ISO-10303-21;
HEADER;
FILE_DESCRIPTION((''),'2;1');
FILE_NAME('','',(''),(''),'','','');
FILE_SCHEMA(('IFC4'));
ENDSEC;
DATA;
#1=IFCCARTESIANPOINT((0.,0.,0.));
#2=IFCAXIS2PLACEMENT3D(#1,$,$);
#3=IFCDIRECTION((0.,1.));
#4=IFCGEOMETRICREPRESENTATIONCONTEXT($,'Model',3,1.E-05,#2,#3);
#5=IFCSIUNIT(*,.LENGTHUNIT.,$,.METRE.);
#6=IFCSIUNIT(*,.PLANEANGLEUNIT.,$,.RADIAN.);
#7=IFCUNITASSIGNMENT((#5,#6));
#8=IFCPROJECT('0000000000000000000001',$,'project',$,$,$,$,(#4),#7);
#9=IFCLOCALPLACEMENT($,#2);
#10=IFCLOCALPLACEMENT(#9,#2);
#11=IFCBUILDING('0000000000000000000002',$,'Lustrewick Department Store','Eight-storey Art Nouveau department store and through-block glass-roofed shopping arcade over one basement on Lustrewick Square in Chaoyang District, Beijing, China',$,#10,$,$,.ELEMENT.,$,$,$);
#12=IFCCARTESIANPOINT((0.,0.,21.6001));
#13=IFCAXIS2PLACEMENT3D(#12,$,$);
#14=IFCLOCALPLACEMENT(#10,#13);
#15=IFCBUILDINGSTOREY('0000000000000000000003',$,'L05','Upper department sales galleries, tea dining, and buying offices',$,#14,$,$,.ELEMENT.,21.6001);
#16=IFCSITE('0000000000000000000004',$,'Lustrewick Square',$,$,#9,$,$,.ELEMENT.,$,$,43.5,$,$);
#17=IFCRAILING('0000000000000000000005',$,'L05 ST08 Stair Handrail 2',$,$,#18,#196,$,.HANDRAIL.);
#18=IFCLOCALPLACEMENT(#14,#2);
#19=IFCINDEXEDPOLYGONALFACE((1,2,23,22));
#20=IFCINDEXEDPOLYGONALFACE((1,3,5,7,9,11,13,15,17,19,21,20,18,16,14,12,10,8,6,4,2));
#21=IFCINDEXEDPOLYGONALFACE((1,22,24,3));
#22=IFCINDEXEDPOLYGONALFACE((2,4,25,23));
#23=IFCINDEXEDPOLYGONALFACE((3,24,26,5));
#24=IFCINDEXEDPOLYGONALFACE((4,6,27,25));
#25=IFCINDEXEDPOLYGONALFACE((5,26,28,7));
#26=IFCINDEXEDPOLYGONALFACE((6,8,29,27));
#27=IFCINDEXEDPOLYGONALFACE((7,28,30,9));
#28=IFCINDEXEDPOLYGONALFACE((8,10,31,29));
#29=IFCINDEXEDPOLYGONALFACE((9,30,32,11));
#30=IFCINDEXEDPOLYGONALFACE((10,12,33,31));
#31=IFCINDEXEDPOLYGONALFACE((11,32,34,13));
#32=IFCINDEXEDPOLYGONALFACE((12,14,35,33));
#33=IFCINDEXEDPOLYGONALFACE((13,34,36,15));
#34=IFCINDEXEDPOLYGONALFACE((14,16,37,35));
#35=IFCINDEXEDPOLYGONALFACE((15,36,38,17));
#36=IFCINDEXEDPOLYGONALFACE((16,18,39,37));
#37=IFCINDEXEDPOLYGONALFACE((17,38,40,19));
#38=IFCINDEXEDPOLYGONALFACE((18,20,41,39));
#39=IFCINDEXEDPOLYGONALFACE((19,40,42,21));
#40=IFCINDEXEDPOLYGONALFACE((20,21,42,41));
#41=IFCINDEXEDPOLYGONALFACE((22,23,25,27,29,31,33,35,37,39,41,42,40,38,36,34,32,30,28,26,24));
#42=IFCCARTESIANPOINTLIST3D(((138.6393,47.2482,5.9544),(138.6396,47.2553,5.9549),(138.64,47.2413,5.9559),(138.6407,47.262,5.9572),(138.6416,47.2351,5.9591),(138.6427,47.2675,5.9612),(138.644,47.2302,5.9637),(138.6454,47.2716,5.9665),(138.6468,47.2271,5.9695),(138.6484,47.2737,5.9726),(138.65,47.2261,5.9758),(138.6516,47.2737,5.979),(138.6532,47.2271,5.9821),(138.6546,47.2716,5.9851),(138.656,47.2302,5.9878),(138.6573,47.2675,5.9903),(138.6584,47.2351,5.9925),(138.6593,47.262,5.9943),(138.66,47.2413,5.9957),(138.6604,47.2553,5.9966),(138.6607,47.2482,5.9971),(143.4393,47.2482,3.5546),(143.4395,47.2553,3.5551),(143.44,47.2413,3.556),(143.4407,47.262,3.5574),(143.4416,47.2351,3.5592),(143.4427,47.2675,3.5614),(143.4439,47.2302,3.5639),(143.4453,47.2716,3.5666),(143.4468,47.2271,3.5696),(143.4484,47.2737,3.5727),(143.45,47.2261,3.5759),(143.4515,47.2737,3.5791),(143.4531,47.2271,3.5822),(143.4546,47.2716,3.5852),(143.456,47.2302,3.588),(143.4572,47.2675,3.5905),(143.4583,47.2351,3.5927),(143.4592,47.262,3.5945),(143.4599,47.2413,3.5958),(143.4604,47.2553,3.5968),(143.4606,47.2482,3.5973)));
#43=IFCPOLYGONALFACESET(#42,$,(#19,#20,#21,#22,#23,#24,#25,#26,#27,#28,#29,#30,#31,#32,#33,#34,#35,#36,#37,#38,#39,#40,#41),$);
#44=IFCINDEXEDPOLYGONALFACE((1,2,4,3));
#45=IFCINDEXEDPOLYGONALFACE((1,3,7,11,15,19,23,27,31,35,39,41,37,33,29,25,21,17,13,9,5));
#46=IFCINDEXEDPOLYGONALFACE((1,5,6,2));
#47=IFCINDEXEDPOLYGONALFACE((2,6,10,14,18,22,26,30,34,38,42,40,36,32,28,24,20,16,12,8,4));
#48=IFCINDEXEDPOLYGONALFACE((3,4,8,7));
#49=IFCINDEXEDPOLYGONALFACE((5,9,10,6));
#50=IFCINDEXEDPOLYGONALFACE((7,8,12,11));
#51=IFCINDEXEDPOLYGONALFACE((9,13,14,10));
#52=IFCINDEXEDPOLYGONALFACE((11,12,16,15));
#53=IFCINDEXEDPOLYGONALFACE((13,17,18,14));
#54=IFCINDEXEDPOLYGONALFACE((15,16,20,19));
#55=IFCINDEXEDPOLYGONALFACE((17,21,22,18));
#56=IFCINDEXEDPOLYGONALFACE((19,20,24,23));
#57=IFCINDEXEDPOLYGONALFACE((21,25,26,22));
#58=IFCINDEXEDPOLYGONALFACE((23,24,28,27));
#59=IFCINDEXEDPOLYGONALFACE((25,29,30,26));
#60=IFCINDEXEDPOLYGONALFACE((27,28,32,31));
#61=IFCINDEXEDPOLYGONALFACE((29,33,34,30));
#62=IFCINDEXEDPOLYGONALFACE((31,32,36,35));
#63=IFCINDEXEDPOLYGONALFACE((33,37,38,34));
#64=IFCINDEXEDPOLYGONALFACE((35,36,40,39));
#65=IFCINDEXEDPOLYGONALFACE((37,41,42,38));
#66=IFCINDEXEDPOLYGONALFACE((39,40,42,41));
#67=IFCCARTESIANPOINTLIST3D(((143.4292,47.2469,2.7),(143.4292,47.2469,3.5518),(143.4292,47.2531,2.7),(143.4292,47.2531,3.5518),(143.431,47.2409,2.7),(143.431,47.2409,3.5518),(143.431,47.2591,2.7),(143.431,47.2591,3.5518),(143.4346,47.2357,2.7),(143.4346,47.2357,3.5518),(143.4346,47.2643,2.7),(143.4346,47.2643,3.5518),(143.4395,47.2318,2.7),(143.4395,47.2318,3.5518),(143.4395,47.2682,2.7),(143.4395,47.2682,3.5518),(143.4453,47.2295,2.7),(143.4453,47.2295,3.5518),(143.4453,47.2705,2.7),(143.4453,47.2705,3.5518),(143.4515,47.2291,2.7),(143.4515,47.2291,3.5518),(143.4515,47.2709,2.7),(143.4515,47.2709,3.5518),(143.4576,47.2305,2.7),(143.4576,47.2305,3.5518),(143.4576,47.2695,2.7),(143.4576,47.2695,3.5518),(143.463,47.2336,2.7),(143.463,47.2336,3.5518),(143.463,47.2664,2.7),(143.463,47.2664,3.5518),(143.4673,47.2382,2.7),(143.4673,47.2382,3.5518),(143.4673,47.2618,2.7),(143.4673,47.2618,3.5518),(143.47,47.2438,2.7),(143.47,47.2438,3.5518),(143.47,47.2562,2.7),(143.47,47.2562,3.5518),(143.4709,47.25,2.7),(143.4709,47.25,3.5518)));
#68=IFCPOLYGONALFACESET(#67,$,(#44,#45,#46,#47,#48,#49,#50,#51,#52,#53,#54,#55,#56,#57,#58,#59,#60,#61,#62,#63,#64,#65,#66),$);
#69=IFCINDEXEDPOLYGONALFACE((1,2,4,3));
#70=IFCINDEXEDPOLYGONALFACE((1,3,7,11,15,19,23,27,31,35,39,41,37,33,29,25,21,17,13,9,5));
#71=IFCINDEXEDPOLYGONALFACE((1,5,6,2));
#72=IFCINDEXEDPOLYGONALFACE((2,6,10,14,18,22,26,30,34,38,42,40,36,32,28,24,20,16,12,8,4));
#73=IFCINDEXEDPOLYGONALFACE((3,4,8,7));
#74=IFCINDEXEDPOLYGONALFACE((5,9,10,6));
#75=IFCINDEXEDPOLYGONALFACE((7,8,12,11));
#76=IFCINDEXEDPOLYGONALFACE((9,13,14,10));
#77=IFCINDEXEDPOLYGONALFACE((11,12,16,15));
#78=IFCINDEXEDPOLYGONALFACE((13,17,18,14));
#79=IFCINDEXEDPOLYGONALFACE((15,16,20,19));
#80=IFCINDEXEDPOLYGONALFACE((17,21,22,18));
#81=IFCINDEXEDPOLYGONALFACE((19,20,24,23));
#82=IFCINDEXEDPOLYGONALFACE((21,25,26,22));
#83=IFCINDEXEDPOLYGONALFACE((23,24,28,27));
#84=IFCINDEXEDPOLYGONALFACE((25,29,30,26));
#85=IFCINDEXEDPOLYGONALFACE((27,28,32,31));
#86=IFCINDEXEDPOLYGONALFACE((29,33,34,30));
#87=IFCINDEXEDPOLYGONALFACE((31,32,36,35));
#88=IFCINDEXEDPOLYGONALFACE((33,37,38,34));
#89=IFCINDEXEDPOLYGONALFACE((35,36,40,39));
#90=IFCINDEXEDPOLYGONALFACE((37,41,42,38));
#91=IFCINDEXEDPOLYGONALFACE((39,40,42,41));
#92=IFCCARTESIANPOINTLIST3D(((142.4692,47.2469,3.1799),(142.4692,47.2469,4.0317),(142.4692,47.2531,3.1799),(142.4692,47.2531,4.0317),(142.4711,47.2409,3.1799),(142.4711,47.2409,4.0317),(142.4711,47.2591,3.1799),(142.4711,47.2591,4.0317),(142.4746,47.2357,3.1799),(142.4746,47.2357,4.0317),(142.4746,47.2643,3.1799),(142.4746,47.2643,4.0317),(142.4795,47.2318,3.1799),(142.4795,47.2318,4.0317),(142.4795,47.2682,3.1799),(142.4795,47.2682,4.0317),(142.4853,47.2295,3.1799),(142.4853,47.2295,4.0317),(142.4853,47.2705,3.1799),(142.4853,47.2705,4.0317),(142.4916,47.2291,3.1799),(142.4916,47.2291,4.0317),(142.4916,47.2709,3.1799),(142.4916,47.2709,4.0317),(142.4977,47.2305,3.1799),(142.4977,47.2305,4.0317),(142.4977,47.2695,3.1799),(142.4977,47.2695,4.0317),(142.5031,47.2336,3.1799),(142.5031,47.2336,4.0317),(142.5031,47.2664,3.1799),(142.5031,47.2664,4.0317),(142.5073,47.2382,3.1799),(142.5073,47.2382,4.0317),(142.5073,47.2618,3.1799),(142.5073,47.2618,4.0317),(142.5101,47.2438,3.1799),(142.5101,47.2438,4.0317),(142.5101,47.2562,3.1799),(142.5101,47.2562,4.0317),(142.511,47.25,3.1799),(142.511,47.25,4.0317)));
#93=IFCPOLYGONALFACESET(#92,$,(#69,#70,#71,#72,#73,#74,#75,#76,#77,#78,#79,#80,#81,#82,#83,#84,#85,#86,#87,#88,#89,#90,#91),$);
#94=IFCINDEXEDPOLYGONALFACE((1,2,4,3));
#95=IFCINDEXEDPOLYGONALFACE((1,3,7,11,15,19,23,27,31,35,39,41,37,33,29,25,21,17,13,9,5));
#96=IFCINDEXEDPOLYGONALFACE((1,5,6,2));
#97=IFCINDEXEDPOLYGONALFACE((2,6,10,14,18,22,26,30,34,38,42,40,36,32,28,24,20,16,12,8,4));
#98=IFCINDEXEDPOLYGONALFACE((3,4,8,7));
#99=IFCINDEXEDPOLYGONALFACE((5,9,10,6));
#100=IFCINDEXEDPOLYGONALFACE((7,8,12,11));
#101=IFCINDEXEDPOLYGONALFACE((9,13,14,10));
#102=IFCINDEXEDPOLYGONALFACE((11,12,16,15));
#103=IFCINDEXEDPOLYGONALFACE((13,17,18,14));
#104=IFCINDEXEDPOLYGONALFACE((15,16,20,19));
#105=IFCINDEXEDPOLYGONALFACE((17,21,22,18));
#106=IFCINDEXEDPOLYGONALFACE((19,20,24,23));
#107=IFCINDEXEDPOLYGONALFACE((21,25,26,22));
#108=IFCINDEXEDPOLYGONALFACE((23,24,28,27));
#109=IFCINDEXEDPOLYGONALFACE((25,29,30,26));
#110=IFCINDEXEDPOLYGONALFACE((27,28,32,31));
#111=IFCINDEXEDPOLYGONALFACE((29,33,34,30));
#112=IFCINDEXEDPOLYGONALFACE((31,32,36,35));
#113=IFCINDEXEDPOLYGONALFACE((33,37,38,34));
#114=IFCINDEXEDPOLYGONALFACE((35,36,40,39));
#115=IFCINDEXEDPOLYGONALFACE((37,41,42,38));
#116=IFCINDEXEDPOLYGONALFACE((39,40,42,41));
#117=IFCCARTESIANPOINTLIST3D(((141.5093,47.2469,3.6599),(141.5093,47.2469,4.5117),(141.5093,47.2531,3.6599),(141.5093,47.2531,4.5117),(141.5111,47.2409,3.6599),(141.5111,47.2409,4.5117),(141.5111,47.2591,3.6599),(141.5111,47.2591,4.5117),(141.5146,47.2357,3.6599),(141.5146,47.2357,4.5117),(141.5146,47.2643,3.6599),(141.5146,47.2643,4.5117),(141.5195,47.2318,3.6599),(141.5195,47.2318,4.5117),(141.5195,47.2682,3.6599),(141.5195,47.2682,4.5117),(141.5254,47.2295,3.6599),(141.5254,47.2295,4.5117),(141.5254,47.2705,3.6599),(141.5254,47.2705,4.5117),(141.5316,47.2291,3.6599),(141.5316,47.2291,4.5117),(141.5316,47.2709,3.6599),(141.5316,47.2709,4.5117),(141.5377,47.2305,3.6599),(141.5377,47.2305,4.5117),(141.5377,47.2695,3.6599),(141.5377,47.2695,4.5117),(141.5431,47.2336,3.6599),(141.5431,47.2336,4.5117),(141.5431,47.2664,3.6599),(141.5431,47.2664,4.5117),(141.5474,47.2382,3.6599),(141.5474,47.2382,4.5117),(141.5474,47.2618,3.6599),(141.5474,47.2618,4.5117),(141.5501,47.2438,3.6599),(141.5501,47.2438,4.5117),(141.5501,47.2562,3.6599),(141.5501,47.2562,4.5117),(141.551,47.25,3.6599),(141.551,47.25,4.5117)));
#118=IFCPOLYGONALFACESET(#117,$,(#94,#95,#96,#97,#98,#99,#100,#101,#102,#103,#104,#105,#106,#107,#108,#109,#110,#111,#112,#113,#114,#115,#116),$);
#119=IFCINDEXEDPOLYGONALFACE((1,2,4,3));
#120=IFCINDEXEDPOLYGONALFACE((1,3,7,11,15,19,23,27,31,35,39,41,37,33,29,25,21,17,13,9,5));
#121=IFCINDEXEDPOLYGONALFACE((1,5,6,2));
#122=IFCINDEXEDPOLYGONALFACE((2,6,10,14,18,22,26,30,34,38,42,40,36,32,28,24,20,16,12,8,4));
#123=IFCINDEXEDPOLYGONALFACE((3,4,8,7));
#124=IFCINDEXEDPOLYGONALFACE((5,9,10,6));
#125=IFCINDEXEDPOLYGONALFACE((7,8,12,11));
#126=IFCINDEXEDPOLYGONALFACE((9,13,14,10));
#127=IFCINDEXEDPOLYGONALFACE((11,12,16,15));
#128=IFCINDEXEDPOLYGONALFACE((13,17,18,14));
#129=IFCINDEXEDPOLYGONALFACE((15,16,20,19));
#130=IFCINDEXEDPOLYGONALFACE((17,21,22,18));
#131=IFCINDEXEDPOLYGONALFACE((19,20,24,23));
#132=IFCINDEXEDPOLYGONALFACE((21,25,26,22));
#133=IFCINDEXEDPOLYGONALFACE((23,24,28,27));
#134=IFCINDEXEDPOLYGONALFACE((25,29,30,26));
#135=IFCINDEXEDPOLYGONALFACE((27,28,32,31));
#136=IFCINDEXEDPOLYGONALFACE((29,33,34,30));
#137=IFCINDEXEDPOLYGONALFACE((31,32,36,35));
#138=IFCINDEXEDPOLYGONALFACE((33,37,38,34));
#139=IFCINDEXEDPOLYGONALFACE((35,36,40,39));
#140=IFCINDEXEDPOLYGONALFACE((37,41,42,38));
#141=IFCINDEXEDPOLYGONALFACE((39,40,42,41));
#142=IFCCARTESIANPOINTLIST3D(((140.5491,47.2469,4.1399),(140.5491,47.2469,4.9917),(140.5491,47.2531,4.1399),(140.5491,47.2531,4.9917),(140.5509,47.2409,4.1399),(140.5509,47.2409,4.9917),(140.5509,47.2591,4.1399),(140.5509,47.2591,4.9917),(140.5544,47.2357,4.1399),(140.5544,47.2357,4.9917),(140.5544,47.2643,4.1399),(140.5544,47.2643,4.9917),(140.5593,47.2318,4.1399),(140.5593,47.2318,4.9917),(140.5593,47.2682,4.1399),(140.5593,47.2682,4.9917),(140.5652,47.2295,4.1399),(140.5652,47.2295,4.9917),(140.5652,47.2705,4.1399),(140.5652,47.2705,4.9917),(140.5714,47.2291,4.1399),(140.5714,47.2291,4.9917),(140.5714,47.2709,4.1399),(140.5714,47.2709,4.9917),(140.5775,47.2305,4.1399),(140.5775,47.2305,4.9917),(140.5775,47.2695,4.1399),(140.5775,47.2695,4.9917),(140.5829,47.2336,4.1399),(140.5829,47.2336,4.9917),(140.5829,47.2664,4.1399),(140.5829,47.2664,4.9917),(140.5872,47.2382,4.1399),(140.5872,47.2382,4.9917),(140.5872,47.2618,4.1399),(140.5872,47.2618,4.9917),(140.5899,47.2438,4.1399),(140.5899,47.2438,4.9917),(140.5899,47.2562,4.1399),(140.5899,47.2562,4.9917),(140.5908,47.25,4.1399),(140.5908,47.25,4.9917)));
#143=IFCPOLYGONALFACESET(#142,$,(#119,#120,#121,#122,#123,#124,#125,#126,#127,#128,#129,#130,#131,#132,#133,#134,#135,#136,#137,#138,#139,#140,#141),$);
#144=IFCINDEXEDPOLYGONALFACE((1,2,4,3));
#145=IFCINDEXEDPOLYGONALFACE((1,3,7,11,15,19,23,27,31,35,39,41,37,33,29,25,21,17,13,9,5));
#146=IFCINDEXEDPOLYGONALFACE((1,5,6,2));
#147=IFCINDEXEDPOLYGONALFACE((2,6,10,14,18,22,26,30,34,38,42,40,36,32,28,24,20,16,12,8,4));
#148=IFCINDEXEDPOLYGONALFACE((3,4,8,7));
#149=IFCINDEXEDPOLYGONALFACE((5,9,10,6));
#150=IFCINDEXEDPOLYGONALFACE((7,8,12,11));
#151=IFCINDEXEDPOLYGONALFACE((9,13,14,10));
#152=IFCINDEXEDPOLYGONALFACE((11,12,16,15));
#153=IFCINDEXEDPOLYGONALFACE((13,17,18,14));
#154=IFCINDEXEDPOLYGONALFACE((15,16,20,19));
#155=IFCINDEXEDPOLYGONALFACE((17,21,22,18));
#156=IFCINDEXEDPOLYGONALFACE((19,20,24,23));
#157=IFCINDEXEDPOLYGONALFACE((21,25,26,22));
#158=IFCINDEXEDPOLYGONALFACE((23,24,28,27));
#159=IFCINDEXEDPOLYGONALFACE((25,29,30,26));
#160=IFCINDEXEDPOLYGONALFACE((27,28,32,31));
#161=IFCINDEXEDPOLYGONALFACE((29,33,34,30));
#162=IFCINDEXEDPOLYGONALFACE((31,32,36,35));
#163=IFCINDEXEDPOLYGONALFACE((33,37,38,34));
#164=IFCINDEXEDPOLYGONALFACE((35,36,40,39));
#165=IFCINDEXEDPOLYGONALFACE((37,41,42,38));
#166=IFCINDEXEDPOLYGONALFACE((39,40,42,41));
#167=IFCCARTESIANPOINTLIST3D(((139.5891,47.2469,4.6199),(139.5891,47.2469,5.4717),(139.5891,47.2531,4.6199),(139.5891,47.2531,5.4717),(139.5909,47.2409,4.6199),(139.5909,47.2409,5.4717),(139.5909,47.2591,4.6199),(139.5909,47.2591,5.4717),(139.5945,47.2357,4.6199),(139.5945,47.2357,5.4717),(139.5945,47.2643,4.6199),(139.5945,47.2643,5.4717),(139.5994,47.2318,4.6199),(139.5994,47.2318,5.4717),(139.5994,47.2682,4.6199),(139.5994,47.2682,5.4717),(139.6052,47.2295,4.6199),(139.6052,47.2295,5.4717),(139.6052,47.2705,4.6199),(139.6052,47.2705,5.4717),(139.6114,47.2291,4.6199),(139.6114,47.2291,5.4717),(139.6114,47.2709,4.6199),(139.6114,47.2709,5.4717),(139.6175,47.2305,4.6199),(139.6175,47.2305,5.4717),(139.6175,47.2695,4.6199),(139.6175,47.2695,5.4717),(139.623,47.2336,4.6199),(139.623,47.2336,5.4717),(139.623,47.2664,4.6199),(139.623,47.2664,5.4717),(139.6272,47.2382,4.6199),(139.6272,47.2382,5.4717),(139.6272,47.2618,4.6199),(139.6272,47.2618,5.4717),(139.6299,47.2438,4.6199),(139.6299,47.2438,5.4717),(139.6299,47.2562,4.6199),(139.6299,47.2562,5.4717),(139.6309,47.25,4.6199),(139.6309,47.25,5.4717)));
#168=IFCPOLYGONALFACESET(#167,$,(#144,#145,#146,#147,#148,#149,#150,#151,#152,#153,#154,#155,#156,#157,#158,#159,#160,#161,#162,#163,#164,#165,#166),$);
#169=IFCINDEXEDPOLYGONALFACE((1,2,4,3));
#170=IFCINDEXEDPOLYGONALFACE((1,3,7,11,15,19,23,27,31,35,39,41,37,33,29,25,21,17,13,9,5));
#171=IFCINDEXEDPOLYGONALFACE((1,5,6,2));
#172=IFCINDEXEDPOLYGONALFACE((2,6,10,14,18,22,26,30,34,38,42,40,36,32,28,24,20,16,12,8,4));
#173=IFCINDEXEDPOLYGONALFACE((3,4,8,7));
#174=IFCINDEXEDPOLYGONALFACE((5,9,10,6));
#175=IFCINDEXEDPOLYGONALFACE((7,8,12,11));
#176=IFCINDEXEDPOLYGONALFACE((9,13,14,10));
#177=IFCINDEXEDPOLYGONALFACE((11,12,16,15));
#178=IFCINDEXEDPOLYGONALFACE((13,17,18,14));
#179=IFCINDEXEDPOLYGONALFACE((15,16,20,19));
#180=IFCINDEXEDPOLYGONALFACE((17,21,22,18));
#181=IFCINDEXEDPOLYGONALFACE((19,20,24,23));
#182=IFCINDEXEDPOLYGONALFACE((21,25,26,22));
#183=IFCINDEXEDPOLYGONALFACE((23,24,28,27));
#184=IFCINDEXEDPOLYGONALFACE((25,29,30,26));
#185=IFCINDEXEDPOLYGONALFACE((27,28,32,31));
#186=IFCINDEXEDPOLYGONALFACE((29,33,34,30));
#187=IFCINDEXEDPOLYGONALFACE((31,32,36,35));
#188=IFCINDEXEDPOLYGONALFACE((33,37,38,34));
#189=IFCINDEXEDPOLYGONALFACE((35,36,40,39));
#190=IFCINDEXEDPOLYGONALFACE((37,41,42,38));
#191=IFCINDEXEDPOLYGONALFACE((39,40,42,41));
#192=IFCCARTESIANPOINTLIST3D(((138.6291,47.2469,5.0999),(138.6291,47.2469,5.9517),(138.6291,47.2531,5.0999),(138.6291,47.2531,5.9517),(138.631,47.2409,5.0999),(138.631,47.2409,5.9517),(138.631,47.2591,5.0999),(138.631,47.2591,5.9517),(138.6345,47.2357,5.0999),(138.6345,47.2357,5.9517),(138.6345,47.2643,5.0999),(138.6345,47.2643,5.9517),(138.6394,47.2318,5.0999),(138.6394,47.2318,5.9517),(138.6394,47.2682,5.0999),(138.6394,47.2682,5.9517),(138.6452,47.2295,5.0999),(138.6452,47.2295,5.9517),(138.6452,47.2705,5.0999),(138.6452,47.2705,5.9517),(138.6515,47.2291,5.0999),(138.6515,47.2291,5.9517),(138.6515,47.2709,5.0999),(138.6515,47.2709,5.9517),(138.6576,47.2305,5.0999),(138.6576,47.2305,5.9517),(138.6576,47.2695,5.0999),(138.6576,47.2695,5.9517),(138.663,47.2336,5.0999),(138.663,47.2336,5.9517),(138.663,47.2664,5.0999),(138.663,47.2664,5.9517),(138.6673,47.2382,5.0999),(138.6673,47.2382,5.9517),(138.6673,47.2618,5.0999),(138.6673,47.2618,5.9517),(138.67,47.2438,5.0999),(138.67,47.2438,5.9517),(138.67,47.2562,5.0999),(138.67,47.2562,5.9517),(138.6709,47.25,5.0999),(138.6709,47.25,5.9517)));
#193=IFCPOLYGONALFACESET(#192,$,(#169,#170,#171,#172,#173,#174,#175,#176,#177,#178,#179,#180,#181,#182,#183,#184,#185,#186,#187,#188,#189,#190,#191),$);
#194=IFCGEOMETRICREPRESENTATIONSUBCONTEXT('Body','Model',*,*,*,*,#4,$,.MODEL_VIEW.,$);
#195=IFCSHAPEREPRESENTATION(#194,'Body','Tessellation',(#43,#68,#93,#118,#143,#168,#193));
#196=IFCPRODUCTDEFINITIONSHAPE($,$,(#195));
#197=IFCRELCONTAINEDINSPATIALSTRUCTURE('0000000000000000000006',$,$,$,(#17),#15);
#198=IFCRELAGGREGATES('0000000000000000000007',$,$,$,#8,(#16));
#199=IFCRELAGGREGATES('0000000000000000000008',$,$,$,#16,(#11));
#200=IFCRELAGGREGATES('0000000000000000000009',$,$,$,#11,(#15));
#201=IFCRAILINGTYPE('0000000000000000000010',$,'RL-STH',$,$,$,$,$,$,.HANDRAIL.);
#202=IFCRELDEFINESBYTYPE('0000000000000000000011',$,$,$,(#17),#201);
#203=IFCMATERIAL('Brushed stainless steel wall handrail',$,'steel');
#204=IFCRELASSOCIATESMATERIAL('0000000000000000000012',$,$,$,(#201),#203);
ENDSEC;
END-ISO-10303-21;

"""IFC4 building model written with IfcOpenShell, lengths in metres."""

from ifc_helpers import new_model, si_unit, direction, frame, origin, origin_2d, place, context, subcontext, project, spatial, circle, extrude, material, type_object, element, save


model = new_model("IFC4")

# Units and contexts
model_context = context("Model", 3, precision=1e-05, world=origin(), true_north=direction((0.0, 1.0)))
body_context = subcontext(model_context, "Body", "Model", "MODEL_VIEW")
ifc_project = project(units=[si_unit("LENGTHUNIT", "METRE"), si_unit("PLANEANGLEUNIT", "RADIAN")], contexts=[model_context])

# Site, building, storey
site_placement = place(None, origin())
site = spatial("IfcSite", under=ifc_project, at=site_placement, Name="Lustrewick Square", CompositionType="ELEMENT", RefElevation=43.5)
building_placement = place(site_placement, origin())
building = spatial("IfcBuilding", under=site, at=building_placement, Name="Lustrewick Department Store", Description="Eight-storey Art Nouveau department store and through-block glass-roofed shopping arcade over one basement on Lustrewick Square in Chaoyang District, Beijing, China", CompositionType="ELEMENT")
storey_placement = place(building_placement, frame((0.0, 0.0, 21.6001)))
storey = spatial("IfcBuildingStorey", under=building, at=storey_placement, Name="L05", Description="Upper department sales galleries, tea dining, and buying offices", CompositionType="ELEMENT", Elevation=21.6001)

# Railing
ifc_material_1 = material(Name="Brushed stainless steel wall handrail", Category="steel")
railing_type = type_object("IfcRailingType", Name="RL-STH", PredefinedType="HANDRAIL", material=ifc_material_1)
railing_placement = place(storey_placement, frame((143.45, 47.25, 2.7)))
element("IfcRailing", 1, at=railing_placement, inside=storey, type_object=railing_type, Name="L05 ST08 Stair Handrail 2", PredefinedType="HANDRAIL", context=body_context, shape_type="SweptSolid", body=[
    extrude(circle(Radius=0.0239, at=origin_2d()), frame((0.0, 0.0, 0.876), z_axis=(-0.894436, 0.0, 0.447195), x_axis=(0.0, -1.0, 0.0)), (0.0, 0.0, 1.0), 5.3665),
    extrude(circle(Radius=0.021, at=origin_2d()), origin(), (0.0, 0.0, 1.0), 0.8518),
    extrude(circle(Radius=0.021, at=origin_2d()), frame((-0.96, 0.0, 0.48)), (0.0, 0.0, 1.0), 0.8518),
    extrude(circle(Radius=0.021, at=origin_2d()), frame((-1.9199, 0.0, 0.96)), (0.0, 0.0, 1.0), 0.8518),
    extrude(circle(Radius=0.021, at=origin_2d()), frame((-2.8801, 0.0, 1.4399)), (0.0, 0.0, 1.0), 0.8518),
    extrude(circle(Radius=0.021, at=origin_2d()), frame((-3.8401, 0.0, 1.9199)), (0.0, 0.0, 1.0), 0.8518),
    extrude(circle(Radius=0.021, at=origin_2d()), frame((-4.8, 0.0, 2.3999)), (0.0, 0.0, 1.0), 0.8518),
])

save(model, "model.ifc")
